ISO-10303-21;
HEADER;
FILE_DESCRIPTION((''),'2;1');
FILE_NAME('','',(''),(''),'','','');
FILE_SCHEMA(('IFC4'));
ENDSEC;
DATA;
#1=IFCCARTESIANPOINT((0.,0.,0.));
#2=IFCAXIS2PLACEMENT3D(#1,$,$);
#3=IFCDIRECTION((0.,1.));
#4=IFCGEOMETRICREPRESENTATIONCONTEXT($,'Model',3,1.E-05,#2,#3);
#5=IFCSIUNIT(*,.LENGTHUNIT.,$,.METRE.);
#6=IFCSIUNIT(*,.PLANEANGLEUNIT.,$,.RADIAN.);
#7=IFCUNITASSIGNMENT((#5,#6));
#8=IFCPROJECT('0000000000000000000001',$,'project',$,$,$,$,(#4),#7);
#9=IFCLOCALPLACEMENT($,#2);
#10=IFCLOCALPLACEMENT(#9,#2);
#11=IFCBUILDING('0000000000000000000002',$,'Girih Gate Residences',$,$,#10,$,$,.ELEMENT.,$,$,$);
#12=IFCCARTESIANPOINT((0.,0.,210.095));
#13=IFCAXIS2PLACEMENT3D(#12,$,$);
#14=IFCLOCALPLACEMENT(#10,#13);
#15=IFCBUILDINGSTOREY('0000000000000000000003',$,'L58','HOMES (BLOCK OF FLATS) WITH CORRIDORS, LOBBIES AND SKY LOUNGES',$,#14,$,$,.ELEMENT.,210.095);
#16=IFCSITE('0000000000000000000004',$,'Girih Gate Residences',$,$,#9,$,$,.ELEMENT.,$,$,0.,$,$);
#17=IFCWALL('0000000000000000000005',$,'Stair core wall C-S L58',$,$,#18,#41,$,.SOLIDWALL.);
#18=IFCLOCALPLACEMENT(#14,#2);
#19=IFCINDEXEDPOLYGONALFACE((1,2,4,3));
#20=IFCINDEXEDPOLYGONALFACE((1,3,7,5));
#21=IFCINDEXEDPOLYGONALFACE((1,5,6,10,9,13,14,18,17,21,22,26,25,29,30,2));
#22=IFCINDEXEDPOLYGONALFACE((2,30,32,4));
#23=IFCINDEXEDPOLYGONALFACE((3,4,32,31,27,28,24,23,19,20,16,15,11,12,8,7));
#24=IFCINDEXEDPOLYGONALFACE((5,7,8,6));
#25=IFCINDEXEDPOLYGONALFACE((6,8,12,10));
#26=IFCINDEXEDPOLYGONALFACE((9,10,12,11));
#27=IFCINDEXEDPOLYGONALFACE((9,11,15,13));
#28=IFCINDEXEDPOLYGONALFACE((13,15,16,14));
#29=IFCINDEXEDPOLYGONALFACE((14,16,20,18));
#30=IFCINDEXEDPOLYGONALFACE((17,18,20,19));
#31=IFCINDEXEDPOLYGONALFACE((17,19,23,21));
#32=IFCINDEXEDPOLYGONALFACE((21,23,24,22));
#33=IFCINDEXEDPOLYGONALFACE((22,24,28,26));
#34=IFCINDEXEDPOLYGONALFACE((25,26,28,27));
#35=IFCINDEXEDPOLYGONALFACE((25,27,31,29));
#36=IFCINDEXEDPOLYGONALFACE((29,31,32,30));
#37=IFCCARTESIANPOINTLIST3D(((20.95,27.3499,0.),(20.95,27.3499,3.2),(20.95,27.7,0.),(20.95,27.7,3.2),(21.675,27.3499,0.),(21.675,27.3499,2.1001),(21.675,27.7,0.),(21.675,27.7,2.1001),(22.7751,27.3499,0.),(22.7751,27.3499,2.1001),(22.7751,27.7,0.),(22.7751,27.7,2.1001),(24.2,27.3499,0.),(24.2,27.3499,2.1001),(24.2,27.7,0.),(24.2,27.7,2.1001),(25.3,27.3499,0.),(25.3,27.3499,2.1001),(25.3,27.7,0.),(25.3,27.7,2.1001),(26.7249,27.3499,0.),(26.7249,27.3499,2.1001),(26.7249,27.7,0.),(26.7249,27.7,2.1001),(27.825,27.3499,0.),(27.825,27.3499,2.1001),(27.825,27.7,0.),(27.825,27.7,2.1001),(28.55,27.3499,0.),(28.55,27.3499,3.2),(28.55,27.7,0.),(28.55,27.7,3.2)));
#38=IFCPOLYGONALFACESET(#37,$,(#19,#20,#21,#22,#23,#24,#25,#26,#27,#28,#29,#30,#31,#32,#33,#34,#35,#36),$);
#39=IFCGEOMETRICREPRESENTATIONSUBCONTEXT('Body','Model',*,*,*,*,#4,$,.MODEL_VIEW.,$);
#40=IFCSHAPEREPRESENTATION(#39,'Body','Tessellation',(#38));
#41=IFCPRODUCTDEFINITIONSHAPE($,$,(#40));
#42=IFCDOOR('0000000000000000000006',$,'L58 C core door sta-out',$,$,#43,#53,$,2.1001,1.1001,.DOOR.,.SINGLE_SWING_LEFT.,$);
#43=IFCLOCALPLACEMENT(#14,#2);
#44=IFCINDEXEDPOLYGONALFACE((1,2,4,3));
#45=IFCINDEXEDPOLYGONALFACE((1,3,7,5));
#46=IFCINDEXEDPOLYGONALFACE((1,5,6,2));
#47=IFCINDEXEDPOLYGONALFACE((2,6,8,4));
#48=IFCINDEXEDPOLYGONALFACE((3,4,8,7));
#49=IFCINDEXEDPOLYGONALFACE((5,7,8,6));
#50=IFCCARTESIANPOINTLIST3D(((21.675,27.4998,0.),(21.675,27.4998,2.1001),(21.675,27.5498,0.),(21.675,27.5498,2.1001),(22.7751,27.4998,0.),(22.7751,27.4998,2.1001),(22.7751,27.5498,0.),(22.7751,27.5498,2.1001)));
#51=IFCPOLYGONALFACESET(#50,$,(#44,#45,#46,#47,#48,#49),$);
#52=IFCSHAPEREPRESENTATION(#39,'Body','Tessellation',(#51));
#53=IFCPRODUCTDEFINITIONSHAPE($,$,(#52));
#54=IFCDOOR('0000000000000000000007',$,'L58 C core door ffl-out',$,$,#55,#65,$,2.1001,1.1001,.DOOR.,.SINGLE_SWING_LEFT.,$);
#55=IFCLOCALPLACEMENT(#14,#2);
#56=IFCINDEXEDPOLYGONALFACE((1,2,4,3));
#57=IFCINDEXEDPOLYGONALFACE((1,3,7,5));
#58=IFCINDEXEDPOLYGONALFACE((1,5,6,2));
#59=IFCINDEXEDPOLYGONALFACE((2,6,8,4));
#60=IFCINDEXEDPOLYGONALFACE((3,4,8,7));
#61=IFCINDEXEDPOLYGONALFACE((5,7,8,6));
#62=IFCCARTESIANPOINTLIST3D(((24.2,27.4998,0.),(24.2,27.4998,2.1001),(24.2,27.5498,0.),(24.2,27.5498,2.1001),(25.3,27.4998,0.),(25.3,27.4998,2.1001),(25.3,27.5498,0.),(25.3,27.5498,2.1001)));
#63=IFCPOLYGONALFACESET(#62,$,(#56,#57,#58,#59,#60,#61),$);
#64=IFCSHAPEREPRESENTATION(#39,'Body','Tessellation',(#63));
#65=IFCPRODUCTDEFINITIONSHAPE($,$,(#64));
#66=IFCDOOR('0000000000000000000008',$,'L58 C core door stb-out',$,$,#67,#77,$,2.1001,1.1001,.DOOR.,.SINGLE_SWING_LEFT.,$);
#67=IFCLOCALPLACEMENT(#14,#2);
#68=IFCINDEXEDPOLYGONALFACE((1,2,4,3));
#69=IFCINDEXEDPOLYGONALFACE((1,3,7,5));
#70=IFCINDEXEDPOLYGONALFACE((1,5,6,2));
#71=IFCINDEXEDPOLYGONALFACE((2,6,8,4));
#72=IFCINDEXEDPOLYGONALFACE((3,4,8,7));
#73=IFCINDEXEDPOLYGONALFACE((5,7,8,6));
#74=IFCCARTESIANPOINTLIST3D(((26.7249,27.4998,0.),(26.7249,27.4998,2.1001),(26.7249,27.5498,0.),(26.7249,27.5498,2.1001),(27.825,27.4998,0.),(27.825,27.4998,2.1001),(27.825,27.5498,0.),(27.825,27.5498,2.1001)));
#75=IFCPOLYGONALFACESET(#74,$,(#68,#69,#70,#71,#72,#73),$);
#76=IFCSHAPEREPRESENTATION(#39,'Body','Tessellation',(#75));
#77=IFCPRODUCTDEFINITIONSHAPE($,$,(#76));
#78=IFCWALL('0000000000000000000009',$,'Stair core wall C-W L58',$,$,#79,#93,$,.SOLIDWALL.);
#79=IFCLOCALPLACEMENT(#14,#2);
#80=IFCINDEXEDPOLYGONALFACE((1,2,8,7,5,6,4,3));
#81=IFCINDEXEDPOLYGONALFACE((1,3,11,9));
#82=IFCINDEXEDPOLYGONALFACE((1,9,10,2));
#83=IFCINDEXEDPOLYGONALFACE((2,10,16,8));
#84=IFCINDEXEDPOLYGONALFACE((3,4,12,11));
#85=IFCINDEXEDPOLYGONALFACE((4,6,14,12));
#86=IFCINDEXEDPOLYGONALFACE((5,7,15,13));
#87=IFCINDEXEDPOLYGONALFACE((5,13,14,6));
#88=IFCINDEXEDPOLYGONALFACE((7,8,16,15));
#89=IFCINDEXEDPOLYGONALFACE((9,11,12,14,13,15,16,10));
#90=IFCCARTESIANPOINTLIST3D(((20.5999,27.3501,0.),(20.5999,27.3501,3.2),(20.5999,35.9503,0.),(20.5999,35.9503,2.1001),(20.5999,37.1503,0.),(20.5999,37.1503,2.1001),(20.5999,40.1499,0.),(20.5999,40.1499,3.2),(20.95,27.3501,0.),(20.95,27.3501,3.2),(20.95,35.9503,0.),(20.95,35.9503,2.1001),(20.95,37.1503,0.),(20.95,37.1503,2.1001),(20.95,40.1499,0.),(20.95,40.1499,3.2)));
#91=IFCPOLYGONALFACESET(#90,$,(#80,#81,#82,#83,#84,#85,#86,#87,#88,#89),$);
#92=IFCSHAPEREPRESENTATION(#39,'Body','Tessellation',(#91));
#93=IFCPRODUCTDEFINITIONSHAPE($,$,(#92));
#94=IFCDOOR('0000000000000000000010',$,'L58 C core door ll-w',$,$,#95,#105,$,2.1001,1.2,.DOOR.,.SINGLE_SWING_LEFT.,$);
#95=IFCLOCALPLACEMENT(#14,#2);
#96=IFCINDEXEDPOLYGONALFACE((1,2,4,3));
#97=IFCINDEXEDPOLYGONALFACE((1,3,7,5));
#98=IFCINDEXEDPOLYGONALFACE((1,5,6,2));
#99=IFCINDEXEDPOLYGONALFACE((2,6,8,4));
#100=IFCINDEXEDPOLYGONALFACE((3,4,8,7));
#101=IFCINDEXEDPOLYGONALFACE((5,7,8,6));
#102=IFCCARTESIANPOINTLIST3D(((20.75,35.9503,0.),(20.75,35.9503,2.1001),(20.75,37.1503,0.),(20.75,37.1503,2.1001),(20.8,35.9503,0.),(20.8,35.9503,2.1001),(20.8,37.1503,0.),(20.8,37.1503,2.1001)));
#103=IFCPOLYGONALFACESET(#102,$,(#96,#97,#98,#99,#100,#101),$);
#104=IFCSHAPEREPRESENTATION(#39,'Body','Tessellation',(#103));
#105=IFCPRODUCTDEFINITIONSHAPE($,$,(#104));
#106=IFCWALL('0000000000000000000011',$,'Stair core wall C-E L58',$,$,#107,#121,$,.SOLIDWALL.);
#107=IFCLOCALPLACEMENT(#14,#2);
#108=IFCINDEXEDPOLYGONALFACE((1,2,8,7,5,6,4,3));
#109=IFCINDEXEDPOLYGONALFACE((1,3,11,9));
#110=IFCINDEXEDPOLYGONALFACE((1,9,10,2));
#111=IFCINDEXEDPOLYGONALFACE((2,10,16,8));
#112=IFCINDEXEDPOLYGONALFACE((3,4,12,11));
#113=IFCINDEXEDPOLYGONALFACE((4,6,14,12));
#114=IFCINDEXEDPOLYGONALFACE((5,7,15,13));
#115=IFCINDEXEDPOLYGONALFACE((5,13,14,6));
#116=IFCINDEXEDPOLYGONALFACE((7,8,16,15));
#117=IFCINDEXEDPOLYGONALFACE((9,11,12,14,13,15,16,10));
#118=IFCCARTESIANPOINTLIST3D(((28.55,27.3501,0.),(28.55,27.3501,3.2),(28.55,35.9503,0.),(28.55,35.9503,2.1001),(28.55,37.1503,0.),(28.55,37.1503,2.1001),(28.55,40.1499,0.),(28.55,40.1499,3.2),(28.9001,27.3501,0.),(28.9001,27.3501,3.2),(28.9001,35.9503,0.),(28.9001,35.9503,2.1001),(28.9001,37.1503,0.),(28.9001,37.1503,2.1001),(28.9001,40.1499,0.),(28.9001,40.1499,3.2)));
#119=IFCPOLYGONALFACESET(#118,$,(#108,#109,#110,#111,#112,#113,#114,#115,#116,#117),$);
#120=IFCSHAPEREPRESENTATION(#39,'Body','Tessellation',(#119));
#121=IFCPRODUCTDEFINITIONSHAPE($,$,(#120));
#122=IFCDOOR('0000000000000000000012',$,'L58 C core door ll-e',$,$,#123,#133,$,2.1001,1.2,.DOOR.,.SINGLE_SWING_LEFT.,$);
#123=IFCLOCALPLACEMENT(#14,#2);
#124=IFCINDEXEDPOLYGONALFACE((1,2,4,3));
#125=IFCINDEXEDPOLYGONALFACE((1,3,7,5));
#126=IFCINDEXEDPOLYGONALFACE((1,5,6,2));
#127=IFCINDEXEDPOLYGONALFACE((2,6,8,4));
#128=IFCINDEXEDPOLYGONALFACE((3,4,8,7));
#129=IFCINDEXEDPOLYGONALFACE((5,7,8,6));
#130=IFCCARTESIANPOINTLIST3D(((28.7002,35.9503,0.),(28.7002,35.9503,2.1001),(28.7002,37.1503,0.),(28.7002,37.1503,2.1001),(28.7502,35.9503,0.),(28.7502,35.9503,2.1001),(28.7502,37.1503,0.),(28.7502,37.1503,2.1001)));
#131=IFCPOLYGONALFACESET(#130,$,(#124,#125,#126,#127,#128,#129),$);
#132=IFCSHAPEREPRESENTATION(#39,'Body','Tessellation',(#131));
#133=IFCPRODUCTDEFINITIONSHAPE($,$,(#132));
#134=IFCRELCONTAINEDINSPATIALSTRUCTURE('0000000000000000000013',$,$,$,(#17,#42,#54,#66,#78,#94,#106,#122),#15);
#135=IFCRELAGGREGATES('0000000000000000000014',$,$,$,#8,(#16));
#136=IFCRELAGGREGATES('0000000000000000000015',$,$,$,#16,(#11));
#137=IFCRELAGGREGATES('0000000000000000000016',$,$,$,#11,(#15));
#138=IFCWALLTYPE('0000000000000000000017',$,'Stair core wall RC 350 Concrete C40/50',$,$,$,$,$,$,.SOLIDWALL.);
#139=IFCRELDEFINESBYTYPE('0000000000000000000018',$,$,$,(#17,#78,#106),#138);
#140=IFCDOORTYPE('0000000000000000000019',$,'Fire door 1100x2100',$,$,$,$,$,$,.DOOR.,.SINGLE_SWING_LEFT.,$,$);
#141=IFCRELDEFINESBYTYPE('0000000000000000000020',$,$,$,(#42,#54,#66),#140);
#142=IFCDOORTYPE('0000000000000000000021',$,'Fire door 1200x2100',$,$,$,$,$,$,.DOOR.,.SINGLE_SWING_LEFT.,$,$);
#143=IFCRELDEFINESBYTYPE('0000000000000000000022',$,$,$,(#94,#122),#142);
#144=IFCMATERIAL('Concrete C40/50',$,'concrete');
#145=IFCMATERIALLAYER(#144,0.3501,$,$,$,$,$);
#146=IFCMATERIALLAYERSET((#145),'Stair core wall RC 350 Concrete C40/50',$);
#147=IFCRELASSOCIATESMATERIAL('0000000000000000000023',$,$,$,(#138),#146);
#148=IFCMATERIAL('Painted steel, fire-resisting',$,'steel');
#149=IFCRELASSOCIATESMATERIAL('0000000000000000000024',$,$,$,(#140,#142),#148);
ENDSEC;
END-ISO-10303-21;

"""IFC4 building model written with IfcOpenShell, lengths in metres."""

from ifc_helpers import new_model, si_unit, direction, frame, frame_2d, origin, place, context, subcontext, project, spatial, rectangle, extrude, material, layer, layer_set, type_object, element, fill, save


model = new_model("IFC4")

# Units and contexts
model_context = context("Model", 3, precision=1e-05, world=origin(), true_north=direction((0.0, 1.0)))
body_context = subcontext(model_context, "Body", "Model", "MODEL_VIEW")
ifc_project = project(units=[si_unit("LENGTHUNIT", "METRE"), si_unit("PLANEANGLEUNIT", "RADIAN")], contexts=[model_context])

# Site, building, storey
site_placement = place(None, origin())
site = spatial("IfcSite", under=ifc_project, at=site_placement, Name="Girih Gate Residences", CompositionType="ELEMENT", RefElevation=0.0)
building_placement = place(site_placement, origin())
building = spatial("IfcBuilding", under=site, at=building_placement, Name="Girih Gate Residences", CompositionType="ELEMENT")
storey_placement = place(building_placement, frame((0.0, 0.0, 210.095)))
storey = spatial("IfcBuildingStorey", under=building, at=storey_placement, Name="L58", Description="HOMES (BLOCK OF FLATS) WITH CORRIDORS, LOBBIES AND SKY LOUNGES", CompositionType="ELEMENT", Elevation=210.095)

# Wall, openings, doors
ifc_material_1 = material(Name="Concrete C40/50", Category="concrete")
ifc_layer_1 = layer(ifc_material_1, 0.3501)
ifc_layer_set_1 = layer_set([ifc_layer_1], Name="Stair core wall RC 350 Concrete C40/50")
wall_type_1 = type_object("IfcWallType", Name="Stair core wall RC 350 Concrete C40/50", PredefinedType="SOLIDWALL", material=ifc_layer_set_1)
wall_1_placement = place(storey_placement, frame((20.95, 27.5249, 0.0), z_axis=(0.0, 0.0, 1.0), x_axis=(1.0, 0.0, 0.0)))
wall_1 = element("IfcWall", 1, at=wall_1_placement, inside=storey, type_object=wall_type_1, Name="Stair core wall C-S L58", PredefinedType="SOLIDWALL", context=body_context, shape_type="SweptSolid", body=[
    extrude(rectangle(XDim=7.6001, YDim=0.3501, at=frame_2d((3.8, 0.0))), origin(), (0.0, 0.0, 1.0), 3.2),
])
opening_1_placement = place(wall_1_placement, frame((0.7251, 0.0, 0.0)))
opening_1 = element("IfcOpeningElement", 2, at=opening_1_placement, cuts=wall_1, PredefinedType="OPENING", context=body_context, shape_type="SweptSolid", body=[
    extrude(rectangle(XDim=1.1001, YDim=2.1001, at=frame_2d((0.55, 1.05))), frame((0.0, 0.1851, 0.0), z_axis=(0.0, -1.0, 0.0), x_axis=(1.0, 0.0, 0.0)), (0.0, 0.0, 1.0), 0.3701),
])
opening_2_placement = place(wall_1_placement, frame((3.25, 0.0, 0.0)))
opening_2 = element("IfcOpeningElement", 3, at=opening_2_placement, cuts=wall_1, PredefinedType="OPENING", context=body_context, shape_type="SweptSolid", body=[
    extrude(rectangle(XDim=1.1001, YDim=2.1001, at=frame_2d((0.55, 1.05))), frame((0.0, 0.1851, 0.0), z_axis=(0.0, -1.0, 0.0), x_axis=(1.0, 0.0, 0.0)), (0.0, 0.0, 1.0), 0.3701),
])
opening_3_placement = place(wall_1_placement, frame((5.7749, 0.0, 0.0)))
opening_3 = element("IfcOpeningElement", 4, at=opening_3_placement, cuts=wall_1, PredefinedType="OPENING", context=body_context, shape_type="SweptSolid", body=[
    extrude(rectangle(XDim=1.1001, YDim=2.1001, at=frame_2d((0.55, 1.05))), frame((0.0, 0.1851, 0.0), z_axis=(0.0, -1.0, 0.0), x_axis=(1.0, 0.0, 0.0)), (0.0, 0.0, 1.0), 0.3701),
])
ifc_material_2 = material(Name="Painted steel, fire-resisting", Category="steel")
door_type_1 = type_object("IfcDoorType", Name="Fire door 1100x2100", OperationType="SINGLE_SWING_LEFT", PredefinedType="DOOR", material=ifc_material_2)
door_1_placement = place(opening_1_placement, origin())
door_1 = element("IfcDoor", 5, at=door_1_placement, inside=storey, type_object=door_type_1, Name="L58 C core door sta-out", OperationType="SINGLE_SWING_LEFT", OverallHeight=2.1001, OverallWidth=1.1001, PredefinedType="DOOR", context=body_context, shape_type="SweptSolid", body=[
    extrude(rectangle(XDim=1.1001, YDim=2.1001, at=frame_2d((0.55, 1.05))), frame((0.0, 0.0249, 0.0), z_axis=(0.0, -1.0, 0.0), x_axis=(1.0, 0.0, 0.0)), (0.0, 0.0, 1.0), 0.05),
])
fill(opening_1, door_1)
door_2_placement = place(opening_2_placement, origin())
door_2 = element("IfcDoor", 6, at=door_2_placement, inside=storey, type_object=door_type_1, Name="L58 C core door ffl-out", OperationType="SINGLE_SWING_LEFT", OverallHeight=2.1001, OverallWidth=1.1001, PredefinedType="DOOR", context=body_context, shape_type="SweptSolid", body=[
    extrude(rectangle(XDim=1.1001, YDim=2.1001, at=frame_2d((0.55, 1.05))), frame((0.0, 0.0249, 0.0), z_axis=(0.0, -1.0, 0.0), x_axis=(1.0, 0.0, 0.0)), (0.0, 0.0, 1.0), 0.05),
])
fill(opening_2, door_2)
door_3_placement = place(opening_3_placement, origin())
door_3 = element("IfcDoor", 7, at=door_3_placement, inside=storey, type_object=door_type_1, Name="L58 C core door stb-out", OperationType="SINGLE_SWING_LEFT", OverallHeight=2.1001, OverallWidth=1.1001, PredefinedType="DOOR", context=body_context, shape_type="SweptSolid", body=[
    extrude(rectangle(XDim=1.1001, YDim=2.1001, at=frame_2d((0.55, 1.05))), frame((0.0, 0.0249, 0.0), z_axis=(0.0, -1.0, 0.0), x_axis=(1.0, 0.0, 0.0)), (0.0, 0.0, 1.0), 0.05),
])
fill(opening_3, door_3)

# Walls, openings, doors
wall_2_placement = place(storey_placement, frame((20.7749, 27.3501, 0.0), z_axis=(0.0, 0.0, 1.0), x_axis=(0.0, 1.0, 0.0)))
wall_2 = element("IfcWall", 8, at=wall_2_placement, inside=storey, type_object=wall_type_1, Name="Stair core wall C-W L58", PredefinedType="SOLIDWALL", context=body_context, shape_type="SweptSolid", body=[
    extrude(rectangle(XDim=12.7998, YDim=0.3501, at=frame_2d((6.3999, 0.0))), origin(), (0.0, 0.0, 1.0), 3.2),
])
opening_4_placement = place(wall_2_placement, frame((8.6001, 0.0, 0.0)))
opening_4 = element("IfcOpeningElement", 9, at=opening_4_placement, cuts=wall_2, PredefinedType="OPENING", context=body_context, shape_type="SweptSolid", body=[
    extrude(rectangle(XDim=1.2, YDim=2.1001, at=frame_2d((0.6001, 1.05))), frame((0.0, 0.1851, 0.0), z_axis=(0.0, -1.0, 0.0), x_axis=(1.0, 0.0, 0.0)), (0.0, 0.0, 1.0), 0.3701),
])
door_type_2 = type_object("IfcDoorType", Name="Fire door 1200x2100", OperationType="SINGLE_SWING_LEFT", PredefinedType="DOOR", material=ifc_material_2)
door_4_placement = place(opening_4_placement, origin())
door_4 = element("IfcDoor", 10, at=door_4_placement, inside=storey, type_object=door_type_2, Name="L58 C core door ll-w", OperationType="SINGLE_SWING_LEFT", OverallHeight=2.1001, OverallWidth=1.2, PredefinedType="DOOR", context=body_context, shape_type="SweptSolid", body=[
    extrude(rectangle(XDim=1.2, YDim=2.1001, at=frame_2d((0.6001, 1.05))), frame((0.0, 0.0249, 0.0), z_axis=(0.0, -1.0, 0.0), x_axis=(1.0, 0.0, 0.0)), (0.0, 0.0, 1.0), 0.05),
])
fill(opening_4, door_4)
wall_3_placement = place(storey_placement, frame((28.7251, 27.3501, 0.0), z_axis=(0.0, 0.0, 1.0), x_axis=(0.0, 1.0, 0.0)))
wall_3 = element("IfcWall", 11, at=wall_3_placement, inside=storey, type_object=wall_type_1, Name="Stair core wall C-E L58", PredefinedType="SOLIDWALL", context=body_context, shape_type="SweptSolid", body=[
    extrude(rectangle(XDim=12.7998, YDim=0.3501, at=frame_2d((6.3999, 0.0))), origin(), (0.0, 0.0, 1.0), 3.2),
])
opening_5_placement = place(wall_3_placement, frame((8.6001, 0.0, 0.0)))
opening_5 = element("IfcOpeningElement", 12, at=opening_5_placement, cuts=wall_3, PredefinedType="OPENING", context=body_context, shape_type="SweptSolid", body=[
    extrude(rectangle(XDim=1.2, YDim=2.1001, at=frame_2d((0.6001, 1.05))), frame((0.0, 0.1851, 0.0), z_axis=(0.0, -1.0, 0.0), x_axis=(1.0, 0.0, 0.0)), (0.0, 0.0, 1.0), 0.3701),
])
door_5_placement = place(opening_5_placement, origin())
door_5 = element("IfcDoor", 13, at=door_5_placement, inside=storey, type_object=door_type_2, Name="L58 C core door ll-e", OperationType="SINGLE_SWING_LEFT", OverallHeight=2.1001, OverallWidth=1.2, PredefinedType="DOOR", context=body_context, shape_type="SweptSolid", body=[
    extrude(rectangle(XDim=1.2, YDim=2.1001, at=frame_2d((0.6001, 1.05))), frame((0.0, 0.0249, 0.0), z_axis=(0.0, -1.0, 0.0), x_axis=(1.0, 0.0, 0.0)), (0.0, 0.0, 1.0), 0.05),
])
fill(opening_5, door_5)

save(model, "model.ifc")
